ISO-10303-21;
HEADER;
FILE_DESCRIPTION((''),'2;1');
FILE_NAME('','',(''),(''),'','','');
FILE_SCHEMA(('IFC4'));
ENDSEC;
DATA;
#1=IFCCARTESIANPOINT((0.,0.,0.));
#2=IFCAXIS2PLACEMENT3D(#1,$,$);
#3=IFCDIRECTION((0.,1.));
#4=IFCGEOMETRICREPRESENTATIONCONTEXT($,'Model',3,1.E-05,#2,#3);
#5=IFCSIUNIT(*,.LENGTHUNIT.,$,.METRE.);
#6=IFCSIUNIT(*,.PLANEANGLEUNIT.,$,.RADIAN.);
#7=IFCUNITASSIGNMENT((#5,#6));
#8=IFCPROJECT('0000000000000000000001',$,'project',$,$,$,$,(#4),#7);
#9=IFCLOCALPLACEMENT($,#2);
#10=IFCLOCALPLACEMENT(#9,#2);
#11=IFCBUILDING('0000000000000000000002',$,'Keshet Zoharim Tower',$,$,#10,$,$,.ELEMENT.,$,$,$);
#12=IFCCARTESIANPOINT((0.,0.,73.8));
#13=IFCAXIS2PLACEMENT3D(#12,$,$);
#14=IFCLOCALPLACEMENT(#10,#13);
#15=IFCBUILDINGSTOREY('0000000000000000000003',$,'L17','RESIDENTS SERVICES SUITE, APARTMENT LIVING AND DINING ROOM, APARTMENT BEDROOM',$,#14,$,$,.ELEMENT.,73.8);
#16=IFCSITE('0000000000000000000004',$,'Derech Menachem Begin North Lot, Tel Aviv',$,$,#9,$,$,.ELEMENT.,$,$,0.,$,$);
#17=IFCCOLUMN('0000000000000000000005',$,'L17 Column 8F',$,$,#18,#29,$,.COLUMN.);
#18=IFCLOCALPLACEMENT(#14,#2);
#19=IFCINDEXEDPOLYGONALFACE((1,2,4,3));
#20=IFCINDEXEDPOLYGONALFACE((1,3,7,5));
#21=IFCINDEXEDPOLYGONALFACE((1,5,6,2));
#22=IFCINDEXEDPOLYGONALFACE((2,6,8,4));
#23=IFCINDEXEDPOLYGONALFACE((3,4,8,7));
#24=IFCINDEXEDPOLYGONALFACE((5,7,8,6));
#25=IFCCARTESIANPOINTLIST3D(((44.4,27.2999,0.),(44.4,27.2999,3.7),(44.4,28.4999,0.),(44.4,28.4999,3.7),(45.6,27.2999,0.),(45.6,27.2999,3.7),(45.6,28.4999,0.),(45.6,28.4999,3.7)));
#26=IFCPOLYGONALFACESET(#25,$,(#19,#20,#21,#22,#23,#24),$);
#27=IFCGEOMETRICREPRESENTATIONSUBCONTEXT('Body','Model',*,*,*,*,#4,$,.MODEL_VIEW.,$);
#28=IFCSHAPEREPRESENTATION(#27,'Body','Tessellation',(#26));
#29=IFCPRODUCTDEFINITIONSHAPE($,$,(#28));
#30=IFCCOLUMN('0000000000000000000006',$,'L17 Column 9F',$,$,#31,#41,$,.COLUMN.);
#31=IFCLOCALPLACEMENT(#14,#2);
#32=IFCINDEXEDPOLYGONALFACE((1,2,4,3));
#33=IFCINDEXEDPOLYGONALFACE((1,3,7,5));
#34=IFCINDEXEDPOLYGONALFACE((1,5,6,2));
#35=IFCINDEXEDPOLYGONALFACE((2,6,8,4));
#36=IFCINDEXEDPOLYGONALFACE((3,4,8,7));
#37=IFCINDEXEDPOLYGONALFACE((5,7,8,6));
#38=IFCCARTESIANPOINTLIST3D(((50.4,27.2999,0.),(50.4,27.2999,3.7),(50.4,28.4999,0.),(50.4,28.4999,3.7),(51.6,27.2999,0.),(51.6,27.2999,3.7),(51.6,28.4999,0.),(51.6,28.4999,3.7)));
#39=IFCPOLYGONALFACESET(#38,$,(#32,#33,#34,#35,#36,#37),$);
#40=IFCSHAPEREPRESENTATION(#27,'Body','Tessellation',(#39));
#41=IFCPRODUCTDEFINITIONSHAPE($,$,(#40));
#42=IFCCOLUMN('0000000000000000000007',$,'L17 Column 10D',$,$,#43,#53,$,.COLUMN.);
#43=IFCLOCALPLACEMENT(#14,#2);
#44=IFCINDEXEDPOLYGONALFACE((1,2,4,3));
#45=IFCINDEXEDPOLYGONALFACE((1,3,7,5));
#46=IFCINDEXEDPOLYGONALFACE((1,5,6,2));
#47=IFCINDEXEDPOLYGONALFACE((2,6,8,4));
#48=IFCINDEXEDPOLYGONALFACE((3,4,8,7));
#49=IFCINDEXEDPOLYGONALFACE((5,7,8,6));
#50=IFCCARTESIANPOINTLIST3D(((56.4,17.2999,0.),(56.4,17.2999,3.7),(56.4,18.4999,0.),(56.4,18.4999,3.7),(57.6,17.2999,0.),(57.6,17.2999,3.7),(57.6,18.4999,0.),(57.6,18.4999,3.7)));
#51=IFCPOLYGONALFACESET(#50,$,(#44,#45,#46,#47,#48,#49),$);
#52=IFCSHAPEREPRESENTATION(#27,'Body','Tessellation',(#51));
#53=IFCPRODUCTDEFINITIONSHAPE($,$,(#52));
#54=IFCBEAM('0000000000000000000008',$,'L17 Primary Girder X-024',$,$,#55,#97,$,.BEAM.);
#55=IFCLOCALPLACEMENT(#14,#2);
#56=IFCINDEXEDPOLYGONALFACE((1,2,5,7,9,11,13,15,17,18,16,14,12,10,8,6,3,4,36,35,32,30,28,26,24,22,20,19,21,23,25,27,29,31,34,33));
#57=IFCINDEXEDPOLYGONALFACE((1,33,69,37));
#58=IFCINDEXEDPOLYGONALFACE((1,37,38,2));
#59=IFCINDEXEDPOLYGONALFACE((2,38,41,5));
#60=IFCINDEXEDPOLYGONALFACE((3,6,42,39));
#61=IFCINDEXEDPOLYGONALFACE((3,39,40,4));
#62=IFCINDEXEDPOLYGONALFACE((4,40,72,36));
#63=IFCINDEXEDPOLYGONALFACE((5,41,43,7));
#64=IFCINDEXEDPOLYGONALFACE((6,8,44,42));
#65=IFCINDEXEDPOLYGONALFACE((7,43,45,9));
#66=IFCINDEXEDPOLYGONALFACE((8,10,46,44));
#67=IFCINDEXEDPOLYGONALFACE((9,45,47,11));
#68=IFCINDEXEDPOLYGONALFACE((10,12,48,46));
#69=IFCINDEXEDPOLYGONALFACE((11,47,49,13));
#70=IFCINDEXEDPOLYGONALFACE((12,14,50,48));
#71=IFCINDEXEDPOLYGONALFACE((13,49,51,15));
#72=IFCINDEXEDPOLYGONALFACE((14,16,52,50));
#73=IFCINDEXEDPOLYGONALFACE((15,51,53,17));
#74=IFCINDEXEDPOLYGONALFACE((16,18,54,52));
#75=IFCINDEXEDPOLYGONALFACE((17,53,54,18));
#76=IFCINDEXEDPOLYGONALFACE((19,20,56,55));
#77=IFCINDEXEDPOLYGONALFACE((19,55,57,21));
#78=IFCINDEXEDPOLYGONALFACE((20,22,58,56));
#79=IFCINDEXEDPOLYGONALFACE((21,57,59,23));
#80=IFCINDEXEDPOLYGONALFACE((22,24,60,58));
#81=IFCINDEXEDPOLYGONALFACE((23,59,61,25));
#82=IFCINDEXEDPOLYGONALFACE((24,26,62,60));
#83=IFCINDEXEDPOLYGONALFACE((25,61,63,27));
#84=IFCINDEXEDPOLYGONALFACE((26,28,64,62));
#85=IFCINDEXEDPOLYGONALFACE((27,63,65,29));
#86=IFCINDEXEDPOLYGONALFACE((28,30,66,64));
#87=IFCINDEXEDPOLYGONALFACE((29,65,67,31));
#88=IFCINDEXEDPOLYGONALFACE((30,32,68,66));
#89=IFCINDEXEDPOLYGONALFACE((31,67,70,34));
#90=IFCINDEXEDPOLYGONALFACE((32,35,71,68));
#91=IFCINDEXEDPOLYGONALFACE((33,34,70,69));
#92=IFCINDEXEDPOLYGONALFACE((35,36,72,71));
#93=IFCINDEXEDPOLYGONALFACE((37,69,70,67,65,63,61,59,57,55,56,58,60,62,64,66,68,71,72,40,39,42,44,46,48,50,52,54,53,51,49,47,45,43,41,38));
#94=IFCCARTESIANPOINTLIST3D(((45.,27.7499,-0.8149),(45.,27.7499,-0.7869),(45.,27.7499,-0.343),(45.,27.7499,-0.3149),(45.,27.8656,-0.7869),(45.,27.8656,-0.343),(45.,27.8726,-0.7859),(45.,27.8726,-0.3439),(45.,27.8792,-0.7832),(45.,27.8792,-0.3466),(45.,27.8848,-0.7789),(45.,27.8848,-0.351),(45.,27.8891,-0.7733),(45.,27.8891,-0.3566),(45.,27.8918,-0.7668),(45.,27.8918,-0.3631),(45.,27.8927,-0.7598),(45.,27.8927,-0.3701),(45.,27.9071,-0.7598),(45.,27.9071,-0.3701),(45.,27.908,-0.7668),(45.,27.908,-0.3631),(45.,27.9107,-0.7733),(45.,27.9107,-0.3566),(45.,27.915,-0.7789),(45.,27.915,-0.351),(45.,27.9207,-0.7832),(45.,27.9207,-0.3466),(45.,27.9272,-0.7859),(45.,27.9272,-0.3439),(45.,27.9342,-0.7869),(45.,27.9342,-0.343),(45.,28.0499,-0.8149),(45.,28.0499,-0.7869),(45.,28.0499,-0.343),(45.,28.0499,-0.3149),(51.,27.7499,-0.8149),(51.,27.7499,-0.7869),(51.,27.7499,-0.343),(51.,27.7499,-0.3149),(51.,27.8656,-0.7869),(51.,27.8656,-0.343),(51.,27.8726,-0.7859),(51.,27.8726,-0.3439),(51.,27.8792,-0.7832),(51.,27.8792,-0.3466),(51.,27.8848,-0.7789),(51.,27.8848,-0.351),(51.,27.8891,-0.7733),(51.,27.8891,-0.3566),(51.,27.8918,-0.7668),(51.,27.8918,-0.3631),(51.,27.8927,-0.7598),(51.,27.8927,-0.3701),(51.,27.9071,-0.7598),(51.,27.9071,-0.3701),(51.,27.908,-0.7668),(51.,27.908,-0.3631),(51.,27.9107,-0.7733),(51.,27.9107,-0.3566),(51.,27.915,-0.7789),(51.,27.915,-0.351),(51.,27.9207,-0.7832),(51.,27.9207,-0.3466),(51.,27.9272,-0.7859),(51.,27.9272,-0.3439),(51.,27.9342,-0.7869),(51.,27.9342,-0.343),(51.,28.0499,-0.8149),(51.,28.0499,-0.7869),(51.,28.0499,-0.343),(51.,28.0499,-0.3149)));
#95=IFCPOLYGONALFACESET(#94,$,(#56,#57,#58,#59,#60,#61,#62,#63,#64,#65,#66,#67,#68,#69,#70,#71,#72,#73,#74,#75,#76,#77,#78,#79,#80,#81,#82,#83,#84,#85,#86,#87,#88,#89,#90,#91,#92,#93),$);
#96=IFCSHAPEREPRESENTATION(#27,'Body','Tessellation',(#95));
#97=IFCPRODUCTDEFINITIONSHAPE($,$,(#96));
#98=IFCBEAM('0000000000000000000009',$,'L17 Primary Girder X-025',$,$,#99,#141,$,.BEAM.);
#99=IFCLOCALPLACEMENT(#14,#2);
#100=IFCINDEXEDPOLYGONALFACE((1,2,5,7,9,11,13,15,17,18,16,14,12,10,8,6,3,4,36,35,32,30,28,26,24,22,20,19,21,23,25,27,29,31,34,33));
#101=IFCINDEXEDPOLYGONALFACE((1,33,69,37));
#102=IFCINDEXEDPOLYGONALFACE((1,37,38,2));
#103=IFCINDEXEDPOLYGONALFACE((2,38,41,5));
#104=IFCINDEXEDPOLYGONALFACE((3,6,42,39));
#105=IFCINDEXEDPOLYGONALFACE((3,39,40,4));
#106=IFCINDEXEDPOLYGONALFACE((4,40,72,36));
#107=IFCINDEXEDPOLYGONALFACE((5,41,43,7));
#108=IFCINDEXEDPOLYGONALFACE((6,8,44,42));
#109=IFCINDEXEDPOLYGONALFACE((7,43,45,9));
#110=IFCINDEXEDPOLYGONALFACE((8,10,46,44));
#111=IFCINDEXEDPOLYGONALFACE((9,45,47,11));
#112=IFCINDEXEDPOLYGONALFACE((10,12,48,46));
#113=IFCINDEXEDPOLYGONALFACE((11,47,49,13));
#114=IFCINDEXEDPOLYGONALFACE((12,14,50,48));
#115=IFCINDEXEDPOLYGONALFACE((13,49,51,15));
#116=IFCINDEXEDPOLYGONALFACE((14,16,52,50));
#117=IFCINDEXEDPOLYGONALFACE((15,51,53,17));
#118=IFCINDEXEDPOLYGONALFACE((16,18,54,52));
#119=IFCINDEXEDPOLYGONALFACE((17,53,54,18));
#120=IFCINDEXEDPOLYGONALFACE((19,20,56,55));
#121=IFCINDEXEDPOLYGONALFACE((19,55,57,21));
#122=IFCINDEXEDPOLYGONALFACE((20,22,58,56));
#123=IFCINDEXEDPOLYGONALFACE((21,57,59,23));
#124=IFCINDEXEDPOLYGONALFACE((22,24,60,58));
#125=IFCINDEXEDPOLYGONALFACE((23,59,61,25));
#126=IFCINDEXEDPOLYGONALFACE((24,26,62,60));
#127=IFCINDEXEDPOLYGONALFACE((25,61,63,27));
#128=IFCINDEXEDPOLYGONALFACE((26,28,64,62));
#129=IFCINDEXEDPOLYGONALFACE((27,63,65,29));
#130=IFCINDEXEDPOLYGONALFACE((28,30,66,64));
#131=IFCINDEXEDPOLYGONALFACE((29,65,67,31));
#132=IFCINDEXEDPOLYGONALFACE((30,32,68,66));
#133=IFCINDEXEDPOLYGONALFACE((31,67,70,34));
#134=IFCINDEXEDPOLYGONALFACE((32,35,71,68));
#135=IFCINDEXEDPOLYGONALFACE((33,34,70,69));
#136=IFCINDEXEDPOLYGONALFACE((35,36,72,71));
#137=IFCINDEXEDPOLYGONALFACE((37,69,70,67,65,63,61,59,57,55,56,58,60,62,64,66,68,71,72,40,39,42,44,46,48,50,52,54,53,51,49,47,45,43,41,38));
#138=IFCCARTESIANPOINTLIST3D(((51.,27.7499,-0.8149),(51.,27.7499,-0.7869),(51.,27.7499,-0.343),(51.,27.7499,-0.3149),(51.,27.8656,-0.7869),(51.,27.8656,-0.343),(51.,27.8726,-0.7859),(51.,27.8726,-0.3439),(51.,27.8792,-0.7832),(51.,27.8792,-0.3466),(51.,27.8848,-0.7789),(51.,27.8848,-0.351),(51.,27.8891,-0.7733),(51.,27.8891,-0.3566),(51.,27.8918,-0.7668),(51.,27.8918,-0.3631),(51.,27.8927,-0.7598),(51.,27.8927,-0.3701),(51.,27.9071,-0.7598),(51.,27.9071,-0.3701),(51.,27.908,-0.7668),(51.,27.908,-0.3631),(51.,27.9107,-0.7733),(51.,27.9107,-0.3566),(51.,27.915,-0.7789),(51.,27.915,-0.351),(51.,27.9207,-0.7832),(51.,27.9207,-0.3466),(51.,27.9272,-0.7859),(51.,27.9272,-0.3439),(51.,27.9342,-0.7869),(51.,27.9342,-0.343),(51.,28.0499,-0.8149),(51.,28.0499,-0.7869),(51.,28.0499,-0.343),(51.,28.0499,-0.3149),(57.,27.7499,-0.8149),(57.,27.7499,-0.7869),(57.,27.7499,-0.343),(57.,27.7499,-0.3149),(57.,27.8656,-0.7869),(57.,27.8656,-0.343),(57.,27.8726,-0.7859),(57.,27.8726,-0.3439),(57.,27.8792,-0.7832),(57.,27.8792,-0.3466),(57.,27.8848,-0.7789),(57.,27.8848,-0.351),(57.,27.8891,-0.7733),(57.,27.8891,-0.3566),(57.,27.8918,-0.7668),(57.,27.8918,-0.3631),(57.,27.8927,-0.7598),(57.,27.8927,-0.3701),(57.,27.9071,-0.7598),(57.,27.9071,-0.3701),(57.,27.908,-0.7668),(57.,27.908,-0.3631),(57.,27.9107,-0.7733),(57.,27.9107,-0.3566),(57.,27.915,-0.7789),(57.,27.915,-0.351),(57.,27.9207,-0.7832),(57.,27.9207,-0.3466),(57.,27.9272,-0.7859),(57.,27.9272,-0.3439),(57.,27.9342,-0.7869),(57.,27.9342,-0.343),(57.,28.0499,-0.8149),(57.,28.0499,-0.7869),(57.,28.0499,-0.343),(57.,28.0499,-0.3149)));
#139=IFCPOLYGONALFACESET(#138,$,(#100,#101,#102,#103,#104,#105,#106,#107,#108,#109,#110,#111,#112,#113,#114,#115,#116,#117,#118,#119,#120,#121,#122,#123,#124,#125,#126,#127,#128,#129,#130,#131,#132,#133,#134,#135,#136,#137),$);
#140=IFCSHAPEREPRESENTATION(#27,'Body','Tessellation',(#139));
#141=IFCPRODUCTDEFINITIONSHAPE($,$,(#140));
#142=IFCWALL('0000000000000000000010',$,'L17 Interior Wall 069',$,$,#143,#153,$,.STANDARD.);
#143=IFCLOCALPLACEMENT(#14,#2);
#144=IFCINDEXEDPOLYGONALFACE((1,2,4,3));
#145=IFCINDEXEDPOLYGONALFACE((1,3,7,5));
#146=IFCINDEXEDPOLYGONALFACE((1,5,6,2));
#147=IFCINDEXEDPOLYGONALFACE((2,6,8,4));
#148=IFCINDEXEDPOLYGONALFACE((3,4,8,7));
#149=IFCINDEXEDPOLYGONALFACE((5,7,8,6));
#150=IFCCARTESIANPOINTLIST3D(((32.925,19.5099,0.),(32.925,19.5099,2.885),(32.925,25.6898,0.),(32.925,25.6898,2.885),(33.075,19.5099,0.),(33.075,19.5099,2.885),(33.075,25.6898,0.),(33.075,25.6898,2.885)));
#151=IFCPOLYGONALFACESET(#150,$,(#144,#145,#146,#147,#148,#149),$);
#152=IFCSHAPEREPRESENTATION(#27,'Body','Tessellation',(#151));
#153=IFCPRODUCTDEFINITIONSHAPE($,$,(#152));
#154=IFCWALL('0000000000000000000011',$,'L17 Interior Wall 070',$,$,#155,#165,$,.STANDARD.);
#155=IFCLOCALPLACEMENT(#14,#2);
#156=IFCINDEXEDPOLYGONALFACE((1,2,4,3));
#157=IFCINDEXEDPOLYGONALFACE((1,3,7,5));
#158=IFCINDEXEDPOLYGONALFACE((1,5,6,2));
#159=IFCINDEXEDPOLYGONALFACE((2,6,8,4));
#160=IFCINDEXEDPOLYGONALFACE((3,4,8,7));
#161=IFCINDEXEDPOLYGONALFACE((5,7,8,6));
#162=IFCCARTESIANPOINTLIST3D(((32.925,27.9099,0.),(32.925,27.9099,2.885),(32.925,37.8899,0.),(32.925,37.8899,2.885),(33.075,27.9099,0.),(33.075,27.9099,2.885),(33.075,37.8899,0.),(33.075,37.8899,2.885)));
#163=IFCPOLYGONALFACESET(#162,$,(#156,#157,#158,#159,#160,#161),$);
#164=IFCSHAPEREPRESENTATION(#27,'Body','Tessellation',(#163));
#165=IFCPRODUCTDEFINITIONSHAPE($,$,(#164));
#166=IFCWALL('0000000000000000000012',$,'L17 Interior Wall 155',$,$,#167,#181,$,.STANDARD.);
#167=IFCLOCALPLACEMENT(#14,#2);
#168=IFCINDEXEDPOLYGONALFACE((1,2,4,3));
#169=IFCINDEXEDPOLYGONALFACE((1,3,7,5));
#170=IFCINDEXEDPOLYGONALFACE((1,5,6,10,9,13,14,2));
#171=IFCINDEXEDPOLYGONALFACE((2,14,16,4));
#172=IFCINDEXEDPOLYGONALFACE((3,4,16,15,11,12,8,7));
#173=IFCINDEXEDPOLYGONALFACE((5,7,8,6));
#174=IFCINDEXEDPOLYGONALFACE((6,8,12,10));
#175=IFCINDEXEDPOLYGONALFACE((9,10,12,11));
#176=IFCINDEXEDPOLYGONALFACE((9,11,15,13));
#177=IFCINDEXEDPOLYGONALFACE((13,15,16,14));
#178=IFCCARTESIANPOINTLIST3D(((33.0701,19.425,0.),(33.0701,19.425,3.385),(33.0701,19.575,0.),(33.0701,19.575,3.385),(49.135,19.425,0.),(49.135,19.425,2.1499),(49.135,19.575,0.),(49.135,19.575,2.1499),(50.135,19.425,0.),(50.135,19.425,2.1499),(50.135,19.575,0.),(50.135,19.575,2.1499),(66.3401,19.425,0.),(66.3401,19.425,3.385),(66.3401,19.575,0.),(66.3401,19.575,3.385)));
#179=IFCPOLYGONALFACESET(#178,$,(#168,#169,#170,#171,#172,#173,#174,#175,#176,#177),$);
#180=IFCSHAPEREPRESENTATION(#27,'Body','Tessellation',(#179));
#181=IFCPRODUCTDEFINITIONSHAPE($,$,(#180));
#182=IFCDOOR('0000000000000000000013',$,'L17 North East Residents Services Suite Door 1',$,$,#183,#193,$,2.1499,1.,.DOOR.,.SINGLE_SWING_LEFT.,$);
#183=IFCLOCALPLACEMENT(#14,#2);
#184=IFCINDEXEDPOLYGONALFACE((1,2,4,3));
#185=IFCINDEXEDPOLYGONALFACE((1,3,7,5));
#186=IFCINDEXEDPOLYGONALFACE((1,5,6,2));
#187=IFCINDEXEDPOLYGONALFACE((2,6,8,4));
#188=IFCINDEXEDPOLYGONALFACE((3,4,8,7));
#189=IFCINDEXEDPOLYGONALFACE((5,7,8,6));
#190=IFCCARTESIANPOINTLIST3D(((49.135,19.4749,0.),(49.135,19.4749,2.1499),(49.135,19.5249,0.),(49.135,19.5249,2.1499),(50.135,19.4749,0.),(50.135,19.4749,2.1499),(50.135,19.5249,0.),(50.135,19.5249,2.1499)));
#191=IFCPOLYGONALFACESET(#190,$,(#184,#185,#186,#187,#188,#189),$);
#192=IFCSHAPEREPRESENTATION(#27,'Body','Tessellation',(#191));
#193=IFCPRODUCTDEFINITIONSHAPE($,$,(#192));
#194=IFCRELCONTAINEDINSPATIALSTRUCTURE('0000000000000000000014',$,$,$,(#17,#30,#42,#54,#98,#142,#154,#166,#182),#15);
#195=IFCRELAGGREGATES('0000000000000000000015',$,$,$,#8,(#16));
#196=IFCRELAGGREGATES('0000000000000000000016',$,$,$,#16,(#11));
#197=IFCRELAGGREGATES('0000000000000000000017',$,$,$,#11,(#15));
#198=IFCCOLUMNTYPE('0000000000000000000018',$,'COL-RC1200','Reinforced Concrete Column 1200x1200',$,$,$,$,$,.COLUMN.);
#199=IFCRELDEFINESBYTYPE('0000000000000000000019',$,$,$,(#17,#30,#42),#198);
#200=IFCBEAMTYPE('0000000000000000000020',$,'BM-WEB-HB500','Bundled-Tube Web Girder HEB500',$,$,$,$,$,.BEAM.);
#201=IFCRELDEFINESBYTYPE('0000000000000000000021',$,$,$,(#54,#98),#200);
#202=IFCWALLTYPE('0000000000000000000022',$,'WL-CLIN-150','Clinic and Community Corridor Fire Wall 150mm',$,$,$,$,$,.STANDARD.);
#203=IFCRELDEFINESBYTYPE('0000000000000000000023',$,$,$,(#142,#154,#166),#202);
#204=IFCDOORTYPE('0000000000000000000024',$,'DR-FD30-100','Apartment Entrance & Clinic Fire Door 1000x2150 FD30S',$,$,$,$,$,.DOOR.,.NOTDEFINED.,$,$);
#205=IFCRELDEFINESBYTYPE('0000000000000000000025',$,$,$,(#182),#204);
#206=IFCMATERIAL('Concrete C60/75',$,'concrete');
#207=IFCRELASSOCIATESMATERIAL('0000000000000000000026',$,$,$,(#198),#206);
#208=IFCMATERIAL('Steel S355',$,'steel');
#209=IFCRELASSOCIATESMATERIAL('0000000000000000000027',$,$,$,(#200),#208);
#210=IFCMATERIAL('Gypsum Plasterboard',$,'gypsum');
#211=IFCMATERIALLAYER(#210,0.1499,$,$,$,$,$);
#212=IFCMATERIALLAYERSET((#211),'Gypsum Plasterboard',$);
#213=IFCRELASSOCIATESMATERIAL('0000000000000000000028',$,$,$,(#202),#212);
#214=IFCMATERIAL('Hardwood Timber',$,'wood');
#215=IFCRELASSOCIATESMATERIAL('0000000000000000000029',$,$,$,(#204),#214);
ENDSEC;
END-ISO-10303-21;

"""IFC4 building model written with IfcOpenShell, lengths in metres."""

from ifc_helpers import new_model, si_unit, direction, frame, frame_2d, origin, origin_2d, place, context, subcontext, project, spatial, rectangle, i_section, extrude, material, layer, layer_set, material_profile, profile_set, type_object, element, fill, save


model = new_model("IFC4")

# Units and contexts
model_context = context("Model", 3, precision=1e-05, world=origin(), true_north=direction((0.0, 1.0)))
body_context = subcontext(model_context, "Body", "Model", "MODEL_VIEW")
ifc_project = project(units=[si_unit("LENGTHUNIT", "METRE"), si_unit("PLANEANGLEUNIT", "RADIAN")], contexts=[model_context])

# Site, building, storey
site_placement = place(None, origin())
site = spatial("IfcSite", under=ifc_project, at=site_placement, Name="Derech Menachem Begin North Lot, Tel Aviv", CompositionType="ELEMENT", RefElevation=0.0)
building_placement = place(site_placement, origin())
building = spatial("IfcBuilding", under=site, at=building_placement, Name="Keshet Zoharim Tower", CompositionType="ELEMENT")
storey_placement = place(building_placement, frame((0.0, 0.0, 73.8)))
storey = spatial("IfcBuildingStorey", under=building, at=storey_placement, Name="L17", Description="RESIDENTS SERVICES SUITE, APARTMENT LIVING AND DINING ROOM, APARTMENT BEDROOM", CompositionType="ELEMENT", Elevation=73.8)

# Columns
ifc_material_1 = material(Name="Concrete C60/75", Category="concrete")
ifc_material_profile_1 = material_profile(ifc_material_1, rectangle(XDim=1.2, YDim=1.2, at=origin_2d()), Name="RC1200x1200")
ifc_profile_set_1 = profile_set([ifc_material_profile_1], Name="Concrete C60/75")
column_type = type_object("IfcColumnType", Name="COL-RC1200", Description="Reinforced Concrete Column 1200x1200", PredefinedType="COLUMN", material=ifc_profile_set_1)
for number, where, z_axis, x_axis, name in (
    (1, (45.0, 27.8999, 0.0), (0.0, 0.0, 1.0), (1.0, 0.0, 0.0), "L17 Column 8F"),
    (2, (51.0, 27.8999, 0.0), (0.0, 0.0, 1.0), (1.0, 0.0, 0.0), "L17 Column 9F"),
    (3, (57.0, 17.8999, 0.0), (0.0, 0.0, 1.0), (1.0, 0.0, 0.0), "L17 Column 10D"),
):
    element("IfcColumn", number, at=place(storey_placement, frame(where, z_axis=z_axis, x_axis=x_axis)), inside=storey, type_object=column_type, Name=name, PredefinedType="COLUMN", context=body_context, shape_type="SweptSolid", body=[
        extrude(rectangle(XDim=1.2, YDim=1.2, at=origin_2d()), origin(), (0.0, 0.0, 1.0), 3.7),
    ])

# Beams
ifc_material_2 = material(Name="Steel S355", Category="steel")
ifc_material_profile_2 = material_profile(ifc_material_2, i_section(OverallWidth=0.3, OverallDepth=0.5, WebThickness=0.0144, FlangeThickness=0.0281, FilletRadius=0.0271, at=origin_2d()), Name="HEB500")
ifc_profile_set_2 = profile_set([ifc_material_profile_2], Name="Steel S355")
beam_type = type_object("IfcBeamType", Name="BM-WEB-HB500", Description="Bundled-Tube Web Girder HEB500", PredefinedType="BEAM", material=ifc_profile_set_2)
for number, where, z_axis, x_axis, name in (
    (4, (45.0, 27.8999, -0.5649), (1.0, 0.0, 0.0), (0.0, 1.0, 0.0), "L17 Primary Girder X-024"),
    (5, (51.0, 27.8999, -0.5649), (1.0, 0.0, 0.0), (0.0, 1.0, 0.0), "L17 Primary Girder X-025"),
):
    element("IfcBeam", number, at=place(storey_placement, frame(where, z_axis=z_axis, x_axis=x_axis)), inside=storey, type_object=beam_type, Name=name, PredefinedType="BEAM", context=body_context, shape_type="SweptSolid", body=[
        extrude(i_section(OverallWidth=0.3, OverallDepth=0.5, WebThickness=0.0144, FlangeThickness=0.0281, FilletRadius=0.0271, at=origin_2d()), origin(), (0.0, 0.0, 1.0), 6.0),
    ])

# Walls
ifc_material_3 = material(Name="Gypsum Plasterboard", Category="gypsum")
ifc_layer_1 = layer(ifc_material_3, 0.1499)
ifc_layer_set_1 = layer_set([ifc_layer_1], Name="Gypsum Plasterboard")
wall_type_1 = type_object("IfcWallType", Name="WL-CLIN-150", Description="Clinic and Community Corridor Fire Wall 150mm", PredefinedType="STANDARD", material=ifc_layer_set_1)
wall_1_placement = place(storey_placement, frame((33.0, 19.51, 0.0), z_axis=(0.0, 0.0, 1.0), x_axis=(0.0, 1.0, 0.0)))
element("IfcWall", 6, at=wall_1_placement, inside=storey, type_object=wall_type_1, Name="L17 Interior Wall 069", PredefinedType="STANDARD", context=body_context, shape_type="SweptSolid", body=[
    extrude(rectangle(XDim=6.1799, YDim=0.1499, at=frame_2d((3.0898, 0.0))), origin(), (0.0, 0.0, 1.0), 2.885),
])
wall_2_placement = place(storey_placement, frame((33.0, 27.9099, 0.0), z_axis=(0.0, 0.0, 1.0), x_axis=(0.0, 1.0, 0.0)))
element("IfcWall", 7, at=wall_2_placement, inside=storey, type_object=wall_type_1, Name="L17 Interior Wall 070", PredefinedType="STANDARD", context=body_context, shape_type="SweptSolid", body=[
    extrude(rectangle(XDim=9.98, YDim=0.1499, at=frame_2d((4.99, 0.0))), origin(), (0.0, 0.0, 1.0), 2.885),
])

# Wall, opening, door
wall_3_placement = place(storey_placement, frame((33.0701, 19.5, 0.0), z_axis=(0.0, 0.0, 1.0), x_axis=(1.0, 0.0, 0.0)))
wall_3 = element("IfcWall", 8, at=wall_3_placement, inside=storey, type_object=wall_type_1, Name="L17 Interior Wall 155", PredefinedType="STANDARD", context=body_context, shape_type="SweptSolid", body=[
    extrude(rectangle(XDim=33.27, YDim=0.1499, at=frame_2d((16.635, 0.0))), origin(), (0.0, 0.0, 1.0), 3.385),
])
opening_1_placement = place(wall_3_placement, frame((16.0649, 0.0, 0.0)))
opening_1 = element("IfcOpeningElement", 9, at=opening_1_placement, cuts=wall_3, PredefinedType="OPENING", context=body_context, shape_type="SweptSolid", body=[
    extrude(rectangle(XDim=1.0, YDim=2.1499, at=frame_2d((0.5, 1.075))), frame((0.0, 0.085, 0.0), z_axis=(0.0, -1.0, 0.0), x_axis=(1.0, 0.0, 0.0)), (0.0, 0.0, 1.0), 0.1699),
])
ifc_material_4 = material(Name="Hardwood Timber", Category="wood")
door_type = type_object("IfcDoorType", Name="DR-FD30-100", Description="Apartment Entrance & Clinic Fire Door 1000x2150 FD30S", OperationType="NOTDEFINED", PredefinedType="DOOR", material=ifc_material_4)
door_1_placement = place(opening_1_placement, origin())
door_1 = element("IfcDoor", 10, at=door_1_placement, inside=storey, type_object=door_type, Name="L17 North East Residents Services Suite Door 1", OperationType="SINGLE_SWING_LEFT", OverallHeight=2.1499, OverallWidth=1.0, PredefinedType="DOOR", context=body_context, shape_type="SweptSolid", body=[
    extrude(rectangle(XDim=1.0, YDim=2.1499, at=frame_2d((0.5, 1.075))), frame((0.0, 0.0249, 0.0), z_axis=(0.0, -1.0, 0.0), x_axis=(1.0, 0.0, 0.0)), (0.0, 0.0, 1.0), 0.05),
])
fill(opening_1, door_1)

save(model, "model.ifc")
